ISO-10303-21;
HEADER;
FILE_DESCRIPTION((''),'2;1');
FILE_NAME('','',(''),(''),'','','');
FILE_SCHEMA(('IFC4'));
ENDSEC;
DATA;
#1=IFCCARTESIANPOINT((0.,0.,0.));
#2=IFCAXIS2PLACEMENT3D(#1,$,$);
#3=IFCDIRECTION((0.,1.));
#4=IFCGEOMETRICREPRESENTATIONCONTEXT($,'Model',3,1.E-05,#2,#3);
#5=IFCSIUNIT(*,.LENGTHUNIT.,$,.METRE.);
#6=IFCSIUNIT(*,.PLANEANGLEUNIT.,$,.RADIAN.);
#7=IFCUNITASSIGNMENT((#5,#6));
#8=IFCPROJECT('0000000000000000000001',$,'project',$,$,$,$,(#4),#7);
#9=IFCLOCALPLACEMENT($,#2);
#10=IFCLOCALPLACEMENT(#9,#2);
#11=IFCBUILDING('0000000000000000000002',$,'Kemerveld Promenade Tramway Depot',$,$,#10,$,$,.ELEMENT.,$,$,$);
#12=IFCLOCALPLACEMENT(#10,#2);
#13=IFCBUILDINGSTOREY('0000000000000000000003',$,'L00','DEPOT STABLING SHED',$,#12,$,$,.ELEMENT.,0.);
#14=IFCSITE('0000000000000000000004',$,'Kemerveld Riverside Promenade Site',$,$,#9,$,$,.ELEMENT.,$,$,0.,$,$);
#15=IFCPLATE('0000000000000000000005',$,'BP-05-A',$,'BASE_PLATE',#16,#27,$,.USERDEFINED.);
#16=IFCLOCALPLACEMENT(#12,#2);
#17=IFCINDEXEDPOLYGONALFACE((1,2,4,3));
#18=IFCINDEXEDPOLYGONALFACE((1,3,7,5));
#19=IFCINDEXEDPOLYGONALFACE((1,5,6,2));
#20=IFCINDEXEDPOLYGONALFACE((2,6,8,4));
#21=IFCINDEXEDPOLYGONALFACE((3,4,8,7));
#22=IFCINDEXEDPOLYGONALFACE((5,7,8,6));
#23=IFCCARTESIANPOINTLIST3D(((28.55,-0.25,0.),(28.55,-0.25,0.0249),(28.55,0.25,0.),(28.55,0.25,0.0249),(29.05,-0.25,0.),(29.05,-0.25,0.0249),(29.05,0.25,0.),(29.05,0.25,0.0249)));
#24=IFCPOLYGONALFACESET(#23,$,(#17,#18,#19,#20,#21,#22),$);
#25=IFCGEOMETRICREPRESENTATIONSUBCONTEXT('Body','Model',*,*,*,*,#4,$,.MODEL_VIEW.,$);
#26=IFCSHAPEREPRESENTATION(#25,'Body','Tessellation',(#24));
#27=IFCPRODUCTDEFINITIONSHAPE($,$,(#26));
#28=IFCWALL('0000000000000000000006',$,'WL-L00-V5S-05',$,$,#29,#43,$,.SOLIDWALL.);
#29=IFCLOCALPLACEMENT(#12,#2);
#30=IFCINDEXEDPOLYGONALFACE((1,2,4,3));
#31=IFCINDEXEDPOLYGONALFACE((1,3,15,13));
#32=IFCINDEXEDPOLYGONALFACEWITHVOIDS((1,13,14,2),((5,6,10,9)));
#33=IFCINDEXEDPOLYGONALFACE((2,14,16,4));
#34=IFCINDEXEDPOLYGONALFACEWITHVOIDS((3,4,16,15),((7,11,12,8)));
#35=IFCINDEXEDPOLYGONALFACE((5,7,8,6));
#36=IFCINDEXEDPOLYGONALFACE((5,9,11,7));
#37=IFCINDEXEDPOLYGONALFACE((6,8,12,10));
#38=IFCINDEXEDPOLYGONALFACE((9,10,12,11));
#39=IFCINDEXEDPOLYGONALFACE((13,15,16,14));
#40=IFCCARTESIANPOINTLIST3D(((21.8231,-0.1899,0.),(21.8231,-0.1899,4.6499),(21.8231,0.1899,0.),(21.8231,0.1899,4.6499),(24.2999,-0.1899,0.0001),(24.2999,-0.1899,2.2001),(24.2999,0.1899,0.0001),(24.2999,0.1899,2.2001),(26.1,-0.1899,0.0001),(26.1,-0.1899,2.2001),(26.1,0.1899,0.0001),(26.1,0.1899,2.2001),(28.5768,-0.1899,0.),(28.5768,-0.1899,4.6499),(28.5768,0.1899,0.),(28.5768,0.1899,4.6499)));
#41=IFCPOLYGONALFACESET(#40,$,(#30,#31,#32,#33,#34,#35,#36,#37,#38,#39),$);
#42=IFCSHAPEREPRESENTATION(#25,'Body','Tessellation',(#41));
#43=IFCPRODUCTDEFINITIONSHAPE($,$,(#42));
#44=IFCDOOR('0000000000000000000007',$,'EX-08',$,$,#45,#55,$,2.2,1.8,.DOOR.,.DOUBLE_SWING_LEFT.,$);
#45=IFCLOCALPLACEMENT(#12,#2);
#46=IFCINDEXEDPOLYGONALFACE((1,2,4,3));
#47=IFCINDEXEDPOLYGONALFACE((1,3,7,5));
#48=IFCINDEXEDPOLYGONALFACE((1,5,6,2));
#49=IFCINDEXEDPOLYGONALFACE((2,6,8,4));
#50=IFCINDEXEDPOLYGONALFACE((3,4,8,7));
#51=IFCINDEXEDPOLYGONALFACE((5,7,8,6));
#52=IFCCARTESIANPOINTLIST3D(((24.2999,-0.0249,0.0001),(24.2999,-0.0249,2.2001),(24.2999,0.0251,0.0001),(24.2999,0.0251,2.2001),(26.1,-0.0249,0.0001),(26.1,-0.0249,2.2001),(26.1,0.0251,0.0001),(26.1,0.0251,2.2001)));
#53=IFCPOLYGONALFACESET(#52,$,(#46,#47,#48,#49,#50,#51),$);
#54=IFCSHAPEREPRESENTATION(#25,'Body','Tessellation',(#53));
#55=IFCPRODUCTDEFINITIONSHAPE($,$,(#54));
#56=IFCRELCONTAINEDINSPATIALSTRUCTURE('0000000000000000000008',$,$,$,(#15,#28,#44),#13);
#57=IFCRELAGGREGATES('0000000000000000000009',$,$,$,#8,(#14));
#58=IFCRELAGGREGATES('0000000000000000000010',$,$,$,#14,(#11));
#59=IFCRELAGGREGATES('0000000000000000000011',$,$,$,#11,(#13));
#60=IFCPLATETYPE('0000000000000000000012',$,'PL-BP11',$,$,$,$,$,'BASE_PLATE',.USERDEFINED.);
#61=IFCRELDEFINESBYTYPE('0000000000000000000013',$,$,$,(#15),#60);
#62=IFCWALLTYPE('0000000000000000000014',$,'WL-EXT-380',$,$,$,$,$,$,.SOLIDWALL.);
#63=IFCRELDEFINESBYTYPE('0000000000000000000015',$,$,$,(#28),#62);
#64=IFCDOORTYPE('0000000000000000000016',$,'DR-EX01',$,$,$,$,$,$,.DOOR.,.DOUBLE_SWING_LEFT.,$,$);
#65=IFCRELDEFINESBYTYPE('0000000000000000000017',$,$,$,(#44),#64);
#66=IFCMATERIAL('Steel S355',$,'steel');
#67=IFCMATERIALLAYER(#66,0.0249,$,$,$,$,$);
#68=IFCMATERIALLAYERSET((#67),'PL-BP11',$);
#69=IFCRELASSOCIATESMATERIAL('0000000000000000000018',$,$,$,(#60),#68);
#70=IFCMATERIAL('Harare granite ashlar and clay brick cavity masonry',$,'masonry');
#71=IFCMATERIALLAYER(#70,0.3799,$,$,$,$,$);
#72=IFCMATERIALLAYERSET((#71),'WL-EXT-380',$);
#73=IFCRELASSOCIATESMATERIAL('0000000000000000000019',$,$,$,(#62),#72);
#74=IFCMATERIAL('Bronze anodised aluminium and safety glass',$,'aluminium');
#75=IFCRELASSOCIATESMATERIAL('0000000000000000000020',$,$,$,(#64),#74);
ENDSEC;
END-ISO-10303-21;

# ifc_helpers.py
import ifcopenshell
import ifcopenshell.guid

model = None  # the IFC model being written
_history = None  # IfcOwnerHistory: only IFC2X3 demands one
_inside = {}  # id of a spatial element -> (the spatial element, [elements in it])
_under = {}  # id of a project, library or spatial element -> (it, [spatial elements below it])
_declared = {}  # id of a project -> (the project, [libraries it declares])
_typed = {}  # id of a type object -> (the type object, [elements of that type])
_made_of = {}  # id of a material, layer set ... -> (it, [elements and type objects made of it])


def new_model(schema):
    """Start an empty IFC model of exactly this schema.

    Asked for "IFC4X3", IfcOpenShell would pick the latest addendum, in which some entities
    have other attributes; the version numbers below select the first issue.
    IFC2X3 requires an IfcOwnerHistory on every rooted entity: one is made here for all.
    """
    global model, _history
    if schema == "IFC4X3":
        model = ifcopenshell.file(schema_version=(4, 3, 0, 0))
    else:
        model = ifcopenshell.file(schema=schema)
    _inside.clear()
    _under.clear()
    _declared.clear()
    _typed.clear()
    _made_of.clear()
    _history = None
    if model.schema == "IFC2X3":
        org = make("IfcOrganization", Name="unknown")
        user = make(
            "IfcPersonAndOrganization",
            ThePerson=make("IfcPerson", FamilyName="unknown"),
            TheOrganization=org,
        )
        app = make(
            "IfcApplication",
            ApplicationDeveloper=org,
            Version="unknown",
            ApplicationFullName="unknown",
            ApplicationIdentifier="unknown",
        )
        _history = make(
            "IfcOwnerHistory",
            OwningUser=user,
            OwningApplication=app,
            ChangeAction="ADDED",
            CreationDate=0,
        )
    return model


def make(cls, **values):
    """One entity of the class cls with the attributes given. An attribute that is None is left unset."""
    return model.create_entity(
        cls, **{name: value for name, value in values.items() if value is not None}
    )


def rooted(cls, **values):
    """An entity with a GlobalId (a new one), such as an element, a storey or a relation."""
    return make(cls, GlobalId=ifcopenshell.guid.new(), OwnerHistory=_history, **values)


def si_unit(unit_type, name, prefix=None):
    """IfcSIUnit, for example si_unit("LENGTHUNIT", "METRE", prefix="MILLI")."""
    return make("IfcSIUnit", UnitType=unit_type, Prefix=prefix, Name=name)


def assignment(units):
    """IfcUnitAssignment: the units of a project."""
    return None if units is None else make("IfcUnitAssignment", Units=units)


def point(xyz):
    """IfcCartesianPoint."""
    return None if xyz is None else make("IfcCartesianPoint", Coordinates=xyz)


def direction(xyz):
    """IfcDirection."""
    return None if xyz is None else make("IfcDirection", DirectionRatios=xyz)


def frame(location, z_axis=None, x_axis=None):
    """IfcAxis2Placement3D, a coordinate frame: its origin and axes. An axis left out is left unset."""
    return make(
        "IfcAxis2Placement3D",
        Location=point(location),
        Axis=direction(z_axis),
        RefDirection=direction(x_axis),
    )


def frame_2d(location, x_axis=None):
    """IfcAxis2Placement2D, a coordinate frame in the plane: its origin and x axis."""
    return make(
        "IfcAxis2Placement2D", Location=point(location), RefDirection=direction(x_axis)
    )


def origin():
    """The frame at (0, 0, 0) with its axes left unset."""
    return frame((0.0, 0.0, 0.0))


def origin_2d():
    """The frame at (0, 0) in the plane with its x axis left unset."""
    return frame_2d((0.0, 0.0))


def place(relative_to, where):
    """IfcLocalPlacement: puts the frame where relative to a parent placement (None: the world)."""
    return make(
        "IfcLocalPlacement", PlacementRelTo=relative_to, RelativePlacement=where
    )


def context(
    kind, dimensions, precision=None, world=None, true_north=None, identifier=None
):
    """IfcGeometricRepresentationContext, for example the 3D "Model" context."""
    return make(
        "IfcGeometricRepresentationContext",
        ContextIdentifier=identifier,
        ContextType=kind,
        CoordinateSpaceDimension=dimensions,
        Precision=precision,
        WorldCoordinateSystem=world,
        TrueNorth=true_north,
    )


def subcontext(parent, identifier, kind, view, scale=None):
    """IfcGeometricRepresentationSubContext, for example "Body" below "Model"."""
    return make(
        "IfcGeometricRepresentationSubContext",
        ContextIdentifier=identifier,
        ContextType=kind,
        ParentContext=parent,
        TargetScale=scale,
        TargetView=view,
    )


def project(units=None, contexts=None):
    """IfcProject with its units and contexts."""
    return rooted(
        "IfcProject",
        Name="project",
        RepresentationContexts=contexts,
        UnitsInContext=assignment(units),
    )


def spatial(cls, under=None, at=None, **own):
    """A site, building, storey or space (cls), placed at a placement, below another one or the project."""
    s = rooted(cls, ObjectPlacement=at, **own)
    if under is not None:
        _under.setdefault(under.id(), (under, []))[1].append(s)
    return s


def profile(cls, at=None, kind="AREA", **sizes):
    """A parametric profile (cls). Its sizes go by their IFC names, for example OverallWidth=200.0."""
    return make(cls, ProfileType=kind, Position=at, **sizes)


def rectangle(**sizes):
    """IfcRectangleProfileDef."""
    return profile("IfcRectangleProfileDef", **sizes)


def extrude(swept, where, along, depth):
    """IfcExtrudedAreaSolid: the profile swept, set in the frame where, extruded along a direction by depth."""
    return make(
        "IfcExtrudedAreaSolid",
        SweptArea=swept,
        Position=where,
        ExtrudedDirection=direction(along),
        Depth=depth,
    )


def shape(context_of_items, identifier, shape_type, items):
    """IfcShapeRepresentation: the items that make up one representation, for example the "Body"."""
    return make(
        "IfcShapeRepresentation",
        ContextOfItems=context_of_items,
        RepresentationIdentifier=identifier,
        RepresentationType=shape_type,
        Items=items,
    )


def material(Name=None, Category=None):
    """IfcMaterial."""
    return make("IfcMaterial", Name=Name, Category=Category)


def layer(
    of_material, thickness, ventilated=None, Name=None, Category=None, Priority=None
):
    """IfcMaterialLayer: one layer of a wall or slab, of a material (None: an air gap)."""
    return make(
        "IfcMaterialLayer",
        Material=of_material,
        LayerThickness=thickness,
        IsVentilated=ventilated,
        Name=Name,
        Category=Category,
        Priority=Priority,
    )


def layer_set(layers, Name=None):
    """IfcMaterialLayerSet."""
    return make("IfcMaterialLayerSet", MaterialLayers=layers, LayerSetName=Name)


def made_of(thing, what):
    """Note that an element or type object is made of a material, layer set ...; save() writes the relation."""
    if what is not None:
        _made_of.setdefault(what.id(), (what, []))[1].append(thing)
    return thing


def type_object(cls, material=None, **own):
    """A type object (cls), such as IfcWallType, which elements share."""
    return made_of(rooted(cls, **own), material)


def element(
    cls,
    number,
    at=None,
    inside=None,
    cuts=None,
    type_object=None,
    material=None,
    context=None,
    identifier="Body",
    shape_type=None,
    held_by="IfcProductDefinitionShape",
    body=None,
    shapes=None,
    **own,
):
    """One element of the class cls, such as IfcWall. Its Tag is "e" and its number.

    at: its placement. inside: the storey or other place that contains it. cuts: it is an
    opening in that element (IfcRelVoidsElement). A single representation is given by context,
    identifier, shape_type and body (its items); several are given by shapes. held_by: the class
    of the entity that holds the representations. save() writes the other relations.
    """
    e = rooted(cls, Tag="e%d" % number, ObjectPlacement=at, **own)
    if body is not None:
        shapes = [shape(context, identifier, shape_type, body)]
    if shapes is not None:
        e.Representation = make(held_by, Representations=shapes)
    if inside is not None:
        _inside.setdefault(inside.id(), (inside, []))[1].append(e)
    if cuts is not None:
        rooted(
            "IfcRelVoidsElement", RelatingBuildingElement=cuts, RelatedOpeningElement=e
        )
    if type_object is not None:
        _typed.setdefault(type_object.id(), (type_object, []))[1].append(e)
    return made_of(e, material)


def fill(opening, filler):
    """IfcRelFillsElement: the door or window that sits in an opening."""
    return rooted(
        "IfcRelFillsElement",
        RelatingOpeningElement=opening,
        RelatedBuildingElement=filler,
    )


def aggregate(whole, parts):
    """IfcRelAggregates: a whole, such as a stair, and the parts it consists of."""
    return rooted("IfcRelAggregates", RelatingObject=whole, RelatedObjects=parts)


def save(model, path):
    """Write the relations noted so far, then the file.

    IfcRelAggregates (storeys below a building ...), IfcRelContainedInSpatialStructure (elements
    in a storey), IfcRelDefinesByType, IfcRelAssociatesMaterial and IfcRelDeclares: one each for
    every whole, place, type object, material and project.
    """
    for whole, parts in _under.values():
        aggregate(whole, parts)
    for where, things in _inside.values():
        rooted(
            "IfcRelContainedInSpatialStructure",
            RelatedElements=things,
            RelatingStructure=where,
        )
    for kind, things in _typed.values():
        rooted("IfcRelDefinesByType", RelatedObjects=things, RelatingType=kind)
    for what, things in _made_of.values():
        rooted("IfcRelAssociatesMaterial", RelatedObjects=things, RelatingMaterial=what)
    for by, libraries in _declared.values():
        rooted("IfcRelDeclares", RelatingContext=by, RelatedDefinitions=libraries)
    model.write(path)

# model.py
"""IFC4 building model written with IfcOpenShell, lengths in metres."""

from ifc_helpers import new_model, si_unit, direction, frame, frame_2d, origin, origin_2d, place, context, subcontext, project, spatial, rectangle, extrude, material, layer, layer_set, type_object, element, fill, save


model = new_model("IFC4")

# Units and contexts
model_context = context("Model", 3, precision=1e-05, world=origin(), true_north=direction((0.0, 1.0)))
body_context = subcontext(model_context, "Body", "Model", "MODEL_VIEW")
ifc_project = project(units=[si_unit("LENGTHUNIT", "METRE"), si_unit("PLANEANGLEUNIT", "RADIAN")], contexts=[model_context])

# Site, building, storey
site_placement = place(None, origin())
site = spatial("IfcSite", under=ifc_project, at=site_placement, Name="Kemerveld Riverside Promenade Site", CompositionType="ELEMENT", RefElevation=0.0)
building_placement = place(site_placement, origin())
building = spatial("IfcBuilding", under=site, at=building_placement, Name="Kemerveld Promenade Tramway Depot", CompositionType="ELEMENT")
storey_placement = place(building_placement, origin())
storey = spatial("IfcBuildingStorey", under=building, at=storey_placement, Name="L00", Description="DEPOT STABLING SHED", CompositionType="ELEMENT", Elevation=0.0)

# Shared definitions
ifc_material_1 = material(Name="Steel S355", Category="steel")

# Plate
ifc_layer_1 = layer(ifc_material_1, 0.0249)
ifc_layer_set_1 = layer_set([ifc_layer_1], Name="PL-BP11")
plate_type_1 = type_object("IfcPlateType", Name="PL-BP11", ElementType="BASE_PLATE", PredefinedType="USERDEFINED", material=ifc_layer_set_1)
plate_1_placement = place(storey_placement, frame((28.8, 0.0, 0.0), z_axis=(0.0, 0.0, 1.0), x_axis=(1.0, 0.0, 0.0)))
element("IfcPlate", 1, at=plate_1_placement, inside=storey, type_object=plate_type_1, Name="BP-05-A", ObjectType="BASE_PLATE", PredefinedType="USERDEFINED", context=body_context, shape_type="SweptSolid", body=[
    extrude(rectangle(XDim=0.5, YDim=0.5, at=origin_2d()), origin(), (0.0, 0.0, 1.0), 0.0249),
])

# Wall, opening, door
ifc_material_2 = material(Name="Harare granite ashlar and clay brick cavity masonry", Category="masonry")
ifc_layer_2 = layer(ifc_material_2, 0.3799)
ifc_layer_set_2 = layer_set([ifc_layer_2], Name="WL-EXT-380")
wall_type = type_object("IfcWallType", Name="WL-EXT-380", PredefinedType="SOLIDWALL", material=ifc_layer_set_2)
wall_placement = place(storey_placement, frame((28.5769, 0.0, 0.0), z_axis=(0.0, 0.0, 1.0), x_axis=(-1.0, 0.0, 0.0)))
wall = element("IfcWall", 2, at=wall_placement, inside=storey, type_object=wall_type, Name="WL-L00-V5S-05", PredefinedType="SOLIDWALL", context=body_context, shape_type="SweptSolid", body=[
    extrude(rectangle(XDim=6.7537, YDim=0.3799, at=frame_2d((3.377, 0.0))), origin(), (0.0, 0.0, 1.0), 4.6499),
])
opening_placement = place(wall_placement, frame((2.4771, 0.0, 0.0)))
opening = element("IfcOpeningElement", 3, at=opening_placement, cuts=wall, PredefinedType="OPENING", context=body_context, shape_type="SweptSolid", body=[
    extrude(rectangle(XDim=1.8, YDim=2.2, at=frame_2d((0.8999, 1.1001))), frame((0.0, 0.2, 0.0), z_axis=(0.0, -1.0, 0.0), x_axis=(1.0, 0.0, 0.0)), (0.0, 0.0, 1.0), 0.3999),
])
ifc_material_3 = material(Name="Bronze anodised aluminium and safety glass", Category="aluminium")
door_type = type_object("IfcDoorType", Name="DR-EX01", OperationType="DOUBLE_SWING_LEFT", PredefinedType="DOOR", material=ifc_material_3)
door_placement = place(opening_placement, origin())
door = element("IfcDoor", 4, at=door_placement, inside=storey, type_object=door_type, Name="EX-08", OperationType="DOUBLE_SWING_LEFT", OverallHeight=2.2, OverallWidth=1.8, PredefinedType="DOOR", context=body_context, shape_type="SweptSolid", body=[
    extrude(rectangle(XDim=1.8, YDim=2.2, at=frame_2d((0.8999, 1.1001))), frame((0.0, 0.0249, 0.0), z_axis=(0.0, -1.0, 0.0), x_axis=(1.0, 0.0, 0.0)), (0.0, 0.0, 1.0), 0.05),
])
fill(opening, door)

save(model, "model.ifc")
